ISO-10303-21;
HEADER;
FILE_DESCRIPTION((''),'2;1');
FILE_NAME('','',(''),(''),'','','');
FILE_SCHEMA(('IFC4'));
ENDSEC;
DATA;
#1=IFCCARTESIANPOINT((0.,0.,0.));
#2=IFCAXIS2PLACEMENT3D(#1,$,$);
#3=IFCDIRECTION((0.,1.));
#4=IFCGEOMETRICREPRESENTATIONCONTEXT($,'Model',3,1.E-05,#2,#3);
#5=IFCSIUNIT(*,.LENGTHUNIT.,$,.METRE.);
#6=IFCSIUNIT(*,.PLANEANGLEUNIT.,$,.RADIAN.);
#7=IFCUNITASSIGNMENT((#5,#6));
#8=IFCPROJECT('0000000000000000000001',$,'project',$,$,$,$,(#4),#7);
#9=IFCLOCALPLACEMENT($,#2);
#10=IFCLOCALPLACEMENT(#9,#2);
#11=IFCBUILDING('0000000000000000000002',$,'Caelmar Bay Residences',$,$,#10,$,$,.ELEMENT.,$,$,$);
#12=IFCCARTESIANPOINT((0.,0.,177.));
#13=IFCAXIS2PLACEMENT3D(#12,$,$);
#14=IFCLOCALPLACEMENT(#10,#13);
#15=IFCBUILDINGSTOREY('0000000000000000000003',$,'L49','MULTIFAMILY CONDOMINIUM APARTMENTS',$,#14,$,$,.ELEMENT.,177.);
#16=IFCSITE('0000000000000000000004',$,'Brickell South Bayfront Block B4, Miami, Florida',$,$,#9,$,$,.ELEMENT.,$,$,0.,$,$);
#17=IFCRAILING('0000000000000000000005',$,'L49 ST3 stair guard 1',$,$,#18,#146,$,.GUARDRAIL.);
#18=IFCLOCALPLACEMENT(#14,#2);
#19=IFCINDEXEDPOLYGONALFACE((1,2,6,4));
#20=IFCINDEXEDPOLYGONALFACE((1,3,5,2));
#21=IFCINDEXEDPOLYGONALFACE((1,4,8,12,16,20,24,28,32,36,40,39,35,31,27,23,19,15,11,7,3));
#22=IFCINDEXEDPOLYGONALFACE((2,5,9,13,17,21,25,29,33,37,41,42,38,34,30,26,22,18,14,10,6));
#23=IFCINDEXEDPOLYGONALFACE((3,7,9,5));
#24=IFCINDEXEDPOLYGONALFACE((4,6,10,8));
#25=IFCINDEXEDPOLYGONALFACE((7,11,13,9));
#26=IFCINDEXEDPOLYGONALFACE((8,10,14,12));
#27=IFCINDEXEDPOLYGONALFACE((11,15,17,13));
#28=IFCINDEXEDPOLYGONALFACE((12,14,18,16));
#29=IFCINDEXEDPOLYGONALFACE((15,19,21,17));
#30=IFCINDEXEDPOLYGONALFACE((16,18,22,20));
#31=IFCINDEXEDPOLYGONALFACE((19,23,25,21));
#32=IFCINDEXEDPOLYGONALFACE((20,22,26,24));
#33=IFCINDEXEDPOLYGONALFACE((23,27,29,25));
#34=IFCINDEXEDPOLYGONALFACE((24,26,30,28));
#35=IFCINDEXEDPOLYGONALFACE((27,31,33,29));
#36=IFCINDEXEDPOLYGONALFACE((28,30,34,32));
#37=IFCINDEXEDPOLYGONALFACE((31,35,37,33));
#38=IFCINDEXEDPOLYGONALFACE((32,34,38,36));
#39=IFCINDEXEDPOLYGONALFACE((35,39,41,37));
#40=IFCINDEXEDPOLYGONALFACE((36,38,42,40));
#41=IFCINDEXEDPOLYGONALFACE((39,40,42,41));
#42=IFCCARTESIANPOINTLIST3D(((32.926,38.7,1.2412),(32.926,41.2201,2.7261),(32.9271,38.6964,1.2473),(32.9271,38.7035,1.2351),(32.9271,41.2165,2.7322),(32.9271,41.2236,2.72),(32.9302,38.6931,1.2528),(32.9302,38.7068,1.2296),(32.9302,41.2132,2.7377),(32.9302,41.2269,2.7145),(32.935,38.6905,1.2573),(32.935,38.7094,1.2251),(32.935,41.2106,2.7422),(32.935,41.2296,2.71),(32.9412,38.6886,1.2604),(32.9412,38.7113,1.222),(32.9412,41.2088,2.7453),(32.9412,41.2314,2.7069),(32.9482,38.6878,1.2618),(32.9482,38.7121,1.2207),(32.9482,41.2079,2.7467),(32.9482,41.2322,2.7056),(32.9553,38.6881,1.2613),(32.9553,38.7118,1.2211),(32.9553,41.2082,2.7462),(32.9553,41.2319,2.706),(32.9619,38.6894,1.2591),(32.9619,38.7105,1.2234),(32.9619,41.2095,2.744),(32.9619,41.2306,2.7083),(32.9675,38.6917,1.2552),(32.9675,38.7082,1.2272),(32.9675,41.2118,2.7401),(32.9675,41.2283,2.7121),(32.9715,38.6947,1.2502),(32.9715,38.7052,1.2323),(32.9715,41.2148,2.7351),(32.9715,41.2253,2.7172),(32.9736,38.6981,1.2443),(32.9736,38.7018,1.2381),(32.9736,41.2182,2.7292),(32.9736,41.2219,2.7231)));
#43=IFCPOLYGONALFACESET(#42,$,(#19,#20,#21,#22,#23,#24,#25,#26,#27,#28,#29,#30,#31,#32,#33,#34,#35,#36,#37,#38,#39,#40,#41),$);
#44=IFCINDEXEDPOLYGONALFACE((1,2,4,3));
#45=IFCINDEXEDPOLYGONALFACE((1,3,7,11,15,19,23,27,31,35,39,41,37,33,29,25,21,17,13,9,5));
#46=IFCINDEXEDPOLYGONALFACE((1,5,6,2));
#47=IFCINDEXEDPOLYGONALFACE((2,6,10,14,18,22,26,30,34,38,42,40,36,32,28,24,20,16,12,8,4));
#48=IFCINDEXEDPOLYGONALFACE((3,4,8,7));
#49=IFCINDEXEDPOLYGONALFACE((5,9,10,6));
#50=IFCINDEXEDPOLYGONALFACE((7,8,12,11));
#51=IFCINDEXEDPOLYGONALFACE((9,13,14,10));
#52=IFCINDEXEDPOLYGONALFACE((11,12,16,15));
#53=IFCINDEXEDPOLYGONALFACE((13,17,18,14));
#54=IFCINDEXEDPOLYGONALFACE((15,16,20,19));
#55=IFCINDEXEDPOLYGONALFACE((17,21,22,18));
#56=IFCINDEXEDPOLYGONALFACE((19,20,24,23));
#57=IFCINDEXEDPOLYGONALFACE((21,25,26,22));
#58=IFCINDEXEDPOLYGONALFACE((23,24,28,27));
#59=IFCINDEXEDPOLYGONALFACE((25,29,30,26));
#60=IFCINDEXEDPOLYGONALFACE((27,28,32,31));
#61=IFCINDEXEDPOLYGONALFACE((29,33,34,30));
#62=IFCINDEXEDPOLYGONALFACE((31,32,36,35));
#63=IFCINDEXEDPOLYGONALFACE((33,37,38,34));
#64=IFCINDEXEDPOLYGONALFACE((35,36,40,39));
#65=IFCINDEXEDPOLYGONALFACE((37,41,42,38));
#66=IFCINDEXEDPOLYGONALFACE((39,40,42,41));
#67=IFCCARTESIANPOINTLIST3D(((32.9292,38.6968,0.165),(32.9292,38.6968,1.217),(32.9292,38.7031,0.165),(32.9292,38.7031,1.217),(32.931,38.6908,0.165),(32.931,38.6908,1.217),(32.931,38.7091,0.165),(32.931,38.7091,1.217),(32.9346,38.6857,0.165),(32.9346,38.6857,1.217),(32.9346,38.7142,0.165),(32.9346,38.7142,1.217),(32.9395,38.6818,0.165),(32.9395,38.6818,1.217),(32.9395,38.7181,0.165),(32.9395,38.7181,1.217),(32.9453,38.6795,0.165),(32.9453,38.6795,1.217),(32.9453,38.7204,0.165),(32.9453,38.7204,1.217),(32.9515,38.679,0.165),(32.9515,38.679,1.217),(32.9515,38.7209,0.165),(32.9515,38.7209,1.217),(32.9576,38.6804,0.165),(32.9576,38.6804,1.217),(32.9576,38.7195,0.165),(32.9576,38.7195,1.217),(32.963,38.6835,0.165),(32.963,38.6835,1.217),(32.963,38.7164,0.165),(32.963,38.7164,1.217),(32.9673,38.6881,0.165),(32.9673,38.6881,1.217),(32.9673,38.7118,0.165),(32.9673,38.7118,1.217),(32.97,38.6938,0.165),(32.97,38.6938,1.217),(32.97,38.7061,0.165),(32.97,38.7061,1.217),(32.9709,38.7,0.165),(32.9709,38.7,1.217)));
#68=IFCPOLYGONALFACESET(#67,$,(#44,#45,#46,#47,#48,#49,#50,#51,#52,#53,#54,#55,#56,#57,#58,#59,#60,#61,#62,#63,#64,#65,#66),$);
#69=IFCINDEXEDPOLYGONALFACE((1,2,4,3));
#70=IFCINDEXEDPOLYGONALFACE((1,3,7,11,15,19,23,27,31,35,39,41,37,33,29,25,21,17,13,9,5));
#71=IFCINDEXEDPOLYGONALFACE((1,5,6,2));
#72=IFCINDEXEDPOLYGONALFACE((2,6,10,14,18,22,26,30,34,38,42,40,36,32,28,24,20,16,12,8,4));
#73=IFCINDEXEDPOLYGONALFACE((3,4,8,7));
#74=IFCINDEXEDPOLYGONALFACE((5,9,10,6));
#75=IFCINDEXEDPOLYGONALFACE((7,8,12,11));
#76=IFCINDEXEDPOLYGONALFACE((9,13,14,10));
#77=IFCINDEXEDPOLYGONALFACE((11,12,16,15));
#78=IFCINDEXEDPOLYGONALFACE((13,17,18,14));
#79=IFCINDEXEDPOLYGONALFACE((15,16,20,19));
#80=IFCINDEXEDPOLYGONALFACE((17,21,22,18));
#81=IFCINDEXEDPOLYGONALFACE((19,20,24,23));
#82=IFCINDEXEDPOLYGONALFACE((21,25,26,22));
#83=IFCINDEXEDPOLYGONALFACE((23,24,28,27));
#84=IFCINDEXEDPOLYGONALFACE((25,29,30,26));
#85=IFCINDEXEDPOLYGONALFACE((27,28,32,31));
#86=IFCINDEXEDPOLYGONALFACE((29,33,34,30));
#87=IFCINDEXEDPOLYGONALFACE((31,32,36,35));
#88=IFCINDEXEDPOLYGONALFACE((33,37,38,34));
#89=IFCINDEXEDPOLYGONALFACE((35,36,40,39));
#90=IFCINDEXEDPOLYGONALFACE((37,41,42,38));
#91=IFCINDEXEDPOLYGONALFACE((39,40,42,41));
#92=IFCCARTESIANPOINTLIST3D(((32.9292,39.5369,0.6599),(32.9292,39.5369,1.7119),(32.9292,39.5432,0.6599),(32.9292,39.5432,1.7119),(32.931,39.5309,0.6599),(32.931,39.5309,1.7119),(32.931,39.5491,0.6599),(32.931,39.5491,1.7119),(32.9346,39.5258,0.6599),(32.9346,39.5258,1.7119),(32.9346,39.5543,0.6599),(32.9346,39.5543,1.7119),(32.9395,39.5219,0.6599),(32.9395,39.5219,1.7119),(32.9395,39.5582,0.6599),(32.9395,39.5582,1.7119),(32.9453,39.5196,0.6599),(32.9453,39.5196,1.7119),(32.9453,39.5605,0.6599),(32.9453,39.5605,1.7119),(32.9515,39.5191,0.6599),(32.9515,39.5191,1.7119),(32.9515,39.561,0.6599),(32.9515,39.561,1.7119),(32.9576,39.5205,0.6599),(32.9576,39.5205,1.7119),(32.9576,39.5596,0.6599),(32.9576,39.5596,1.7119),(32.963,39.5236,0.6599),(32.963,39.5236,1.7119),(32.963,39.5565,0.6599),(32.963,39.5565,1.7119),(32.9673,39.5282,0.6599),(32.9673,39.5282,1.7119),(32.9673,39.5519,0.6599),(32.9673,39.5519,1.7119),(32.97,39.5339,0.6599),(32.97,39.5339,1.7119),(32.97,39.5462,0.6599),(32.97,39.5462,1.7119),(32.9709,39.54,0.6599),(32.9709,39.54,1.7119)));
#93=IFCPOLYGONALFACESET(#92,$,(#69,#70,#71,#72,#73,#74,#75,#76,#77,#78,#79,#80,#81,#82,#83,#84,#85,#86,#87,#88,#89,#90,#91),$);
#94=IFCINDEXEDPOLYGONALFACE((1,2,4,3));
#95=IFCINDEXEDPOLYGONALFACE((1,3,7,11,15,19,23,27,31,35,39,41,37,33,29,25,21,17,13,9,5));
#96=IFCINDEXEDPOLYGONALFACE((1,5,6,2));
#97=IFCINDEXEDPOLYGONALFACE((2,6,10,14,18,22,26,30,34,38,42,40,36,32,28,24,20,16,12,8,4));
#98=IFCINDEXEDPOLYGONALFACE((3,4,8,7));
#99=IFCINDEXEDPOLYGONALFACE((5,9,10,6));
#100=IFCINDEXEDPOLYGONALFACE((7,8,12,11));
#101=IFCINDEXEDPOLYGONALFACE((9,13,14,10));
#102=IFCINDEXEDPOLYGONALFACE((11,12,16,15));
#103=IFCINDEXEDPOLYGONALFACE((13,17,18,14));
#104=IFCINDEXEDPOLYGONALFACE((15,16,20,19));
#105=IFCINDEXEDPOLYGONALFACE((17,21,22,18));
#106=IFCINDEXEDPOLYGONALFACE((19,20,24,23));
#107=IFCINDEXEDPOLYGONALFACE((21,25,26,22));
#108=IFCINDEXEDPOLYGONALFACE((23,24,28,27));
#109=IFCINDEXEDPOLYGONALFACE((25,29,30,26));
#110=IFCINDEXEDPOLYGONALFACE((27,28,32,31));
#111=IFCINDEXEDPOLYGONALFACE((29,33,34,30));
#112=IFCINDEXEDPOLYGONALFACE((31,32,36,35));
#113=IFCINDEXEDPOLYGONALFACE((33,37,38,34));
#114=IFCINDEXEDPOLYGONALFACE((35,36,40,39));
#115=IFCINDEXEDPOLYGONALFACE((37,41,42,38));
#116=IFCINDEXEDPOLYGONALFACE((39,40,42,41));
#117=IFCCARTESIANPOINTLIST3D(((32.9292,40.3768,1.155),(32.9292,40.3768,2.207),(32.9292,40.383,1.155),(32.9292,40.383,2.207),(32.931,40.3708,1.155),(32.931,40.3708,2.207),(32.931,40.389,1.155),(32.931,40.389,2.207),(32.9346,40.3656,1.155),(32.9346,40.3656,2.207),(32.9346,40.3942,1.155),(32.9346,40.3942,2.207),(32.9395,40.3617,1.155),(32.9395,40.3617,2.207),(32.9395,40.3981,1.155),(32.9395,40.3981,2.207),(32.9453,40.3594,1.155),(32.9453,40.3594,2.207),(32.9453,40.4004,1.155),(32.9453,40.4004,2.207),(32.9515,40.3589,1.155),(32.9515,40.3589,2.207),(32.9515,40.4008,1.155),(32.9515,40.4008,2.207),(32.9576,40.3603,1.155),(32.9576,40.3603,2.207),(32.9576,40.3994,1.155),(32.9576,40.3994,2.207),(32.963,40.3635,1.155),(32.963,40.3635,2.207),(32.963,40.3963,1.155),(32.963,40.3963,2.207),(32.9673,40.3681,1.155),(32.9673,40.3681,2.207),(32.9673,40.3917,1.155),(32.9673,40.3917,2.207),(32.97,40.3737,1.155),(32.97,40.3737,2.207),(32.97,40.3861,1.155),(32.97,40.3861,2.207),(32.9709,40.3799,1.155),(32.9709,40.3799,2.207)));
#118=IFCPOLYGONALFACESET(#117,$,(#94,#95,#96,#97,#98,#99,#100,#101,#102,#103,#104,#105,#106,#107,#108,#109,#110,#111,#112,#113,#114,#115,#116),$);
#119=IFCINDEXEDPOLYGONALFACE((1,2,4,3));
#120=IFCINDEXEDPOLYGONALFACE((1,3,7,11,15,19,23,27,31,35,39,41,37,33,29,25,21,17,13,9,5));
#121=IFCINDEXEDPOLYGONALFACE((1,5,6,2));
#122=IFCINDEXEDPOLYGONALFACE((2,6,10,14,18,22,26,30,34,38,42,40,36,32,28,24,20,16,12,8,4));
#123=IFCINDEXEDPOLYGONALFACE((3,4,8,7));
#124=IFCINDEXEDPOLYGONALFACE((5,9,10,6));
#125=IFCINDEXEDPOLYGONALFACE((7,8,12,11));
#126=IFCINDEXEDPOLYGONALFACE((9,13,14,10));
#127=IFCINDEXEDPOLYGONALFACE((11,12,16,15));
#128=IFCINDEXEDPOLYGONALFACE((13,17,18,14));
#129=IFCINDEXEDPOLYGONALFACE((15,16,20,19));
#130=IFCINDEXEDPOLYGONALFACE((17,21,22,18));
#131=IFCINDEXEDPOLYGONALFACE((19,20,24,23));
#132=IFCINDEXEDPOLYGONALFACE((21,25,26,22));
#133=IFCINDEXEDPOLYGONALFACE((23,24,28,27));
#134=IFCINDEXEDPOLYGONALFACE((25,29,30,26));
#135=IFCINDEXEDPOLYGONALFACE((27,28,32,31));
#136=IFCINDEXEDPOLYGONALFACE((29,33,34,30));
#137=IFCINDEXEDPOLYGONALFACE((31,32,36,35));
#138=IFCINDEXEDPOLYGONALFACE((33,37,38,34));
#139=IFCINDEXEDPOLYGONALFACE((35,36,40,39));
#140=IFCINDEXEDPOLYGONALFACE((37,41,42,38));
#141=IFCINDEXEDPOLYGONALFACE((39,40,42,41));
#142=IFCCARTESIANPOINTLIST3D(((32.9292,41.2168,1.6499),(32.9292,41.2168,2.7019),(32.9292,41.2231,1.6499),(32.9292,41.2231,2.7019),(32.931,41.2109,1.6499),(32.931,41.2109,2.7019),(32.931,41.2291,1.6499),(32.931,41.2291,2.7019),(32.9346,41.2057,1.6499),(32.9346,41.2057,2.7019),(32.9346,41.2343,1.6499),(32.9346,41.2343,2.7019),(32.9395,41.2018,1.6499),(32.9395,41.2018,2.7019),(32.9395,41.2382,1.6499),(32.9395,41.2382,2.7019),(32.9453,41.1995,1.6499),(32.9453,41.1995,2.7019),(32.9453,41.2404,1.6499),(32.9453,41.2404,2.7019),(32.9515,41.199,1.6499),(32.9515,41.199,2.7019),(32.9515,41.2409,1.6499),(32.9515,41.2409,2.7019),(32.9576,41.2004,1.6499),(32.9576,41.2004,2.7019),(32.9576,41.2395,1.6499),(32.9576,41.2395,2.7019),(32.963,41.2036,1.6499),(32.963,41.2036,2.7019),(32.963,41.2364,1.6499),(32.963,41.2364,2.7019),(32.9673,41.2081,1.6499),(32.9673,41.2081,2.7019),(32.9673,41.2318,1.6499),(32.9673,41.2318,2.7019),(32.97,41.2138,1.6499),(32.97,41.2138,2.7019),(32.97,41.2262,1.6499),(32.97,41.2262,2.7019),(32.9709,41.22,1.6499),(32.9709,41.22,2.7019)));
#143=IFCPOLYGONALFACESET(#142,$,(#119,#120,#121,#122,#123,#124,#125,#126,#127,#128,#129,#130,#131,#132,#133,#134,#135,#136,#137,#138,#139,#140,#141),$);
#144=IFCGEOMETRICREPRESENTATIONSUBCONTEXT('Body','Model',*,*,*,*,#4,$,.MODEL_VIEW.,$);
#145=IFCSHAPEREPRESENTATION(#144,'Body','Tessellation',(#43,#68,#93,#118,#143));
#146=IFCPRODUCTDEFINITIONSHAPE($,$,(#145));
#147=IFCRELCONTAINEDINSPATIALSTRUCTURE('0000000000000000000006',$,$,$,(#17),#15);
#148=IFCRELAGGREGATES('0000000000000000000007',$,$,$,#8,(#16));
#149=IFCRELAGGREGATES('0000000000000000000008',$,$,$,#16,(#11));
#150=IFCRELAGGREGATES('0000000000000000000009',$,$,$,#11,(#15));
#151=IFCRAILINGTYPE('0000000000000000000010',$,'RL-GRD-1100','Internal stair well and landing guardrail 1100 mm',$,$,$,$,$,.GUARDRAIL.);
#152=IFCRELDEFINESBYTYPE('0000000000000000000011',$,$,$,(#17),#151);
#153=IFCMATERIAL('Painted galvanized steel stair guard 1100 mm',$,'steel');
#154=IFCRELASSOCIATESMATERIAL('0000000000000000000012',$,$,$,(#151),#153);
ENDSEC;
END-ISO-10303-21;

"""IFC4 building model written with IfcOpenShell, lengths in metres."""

from ifc_helpers import new_model, si_unit, direction, frame, origin, origin_2d, place, context, subcontext, project, spatial, circle, extrude, material, type_object, element, save


model = new_model("IFC4")

# Units and contexts
model_context = context("Model", 3, precision=1e-05, world=origin(), true_north=direction((0.0, 1.0)))
body_context = subcontext(model_context, "Body", "Model", "MODEL_VIEW")
ifc_project = project(units=[si_unit("LENGTHUNIT", "METRE"), si_unit("PLANEANGLEUNIT", "RADIAN")], contexts=[model_context])

# Site, building, storey
site_placement = place(None, origin())
site = spatial("IfcSite", under=ifc_project, at=site_placement, Name="Brickell South Bayfront Block B4, Miami, Florida", CompositionType="ELEMENT", RefElevation=0.0)
building_placement = place(site_placement, origin())
building = spatial("IfcBuilding", under=site, at=building_placement, Name="Caelmar Bay Residences", CompositionType="ELEMENT")
storey_placement = place(building_placement, frame((0.0, 0.0, 177.0)))
storey = spatial("IfcBuildingStorey", under=building, at=storey_placement, Name="L49", Description="MULTIFAMILY CONDOMINIUM APARTMENTS", CompositionType="ELEMENT", Elevation=177.0)

# Railing
ifc_material_1 = material(Name="Painted galvanized steel stair guard 1100 mm", Category="steel")
railing_type_1 = type_object("IfcRailingType", Name="RL-GRD-1100", Description="Internal stair well and landing guardrail 1100 mm", PredefinedType="GUARDRAIL", material=ifc_material_1)
railing_1_placement = place(storey_placement, frame((32.95, 38.7, 0.165)))
element("IfcRailing", 1, at=railing_1_placement, inside=storey, type_object=railing_type_1, Name="L49 ST3 stair guard 1", PredefinedType="GUARDRAIL", context=body_context, shape_type="SweptSolid", body=[
    extrude(circle(Radius=0.0239, at=origin_2d()), frame((0.0, 0.0, 1.0762), z_axis=(0.0, 0.861561, 0.507655), x_axis=(-1.0, 0.0, 0.0)), (0.0, 0.0, 1.0), 2.925),
    extrude(circle(Radius=0.021, at=origin_2d()), origin(), (0.0, 0.0, 1.0), 1.052),
    extrude(circle(Radius=0.021, at=origin_2d()), frame((0.0, 0.8401, 0.4949)), (0.0, 0.0, 1.0), 1.052),
    extrude(circle(Radius=0.021, at=origin_2d()), frame((0.0, 1.6799, 0.99)), (0.0, 0.0, 1.0), 1.052),
    extrude(circle(Radius=0.021, at=origin_2d()), frame((0.0, 2.52, 1.4849)), (0.0, 0.0, 1.0), 1.052),
])

save(model, "model.ifc")
